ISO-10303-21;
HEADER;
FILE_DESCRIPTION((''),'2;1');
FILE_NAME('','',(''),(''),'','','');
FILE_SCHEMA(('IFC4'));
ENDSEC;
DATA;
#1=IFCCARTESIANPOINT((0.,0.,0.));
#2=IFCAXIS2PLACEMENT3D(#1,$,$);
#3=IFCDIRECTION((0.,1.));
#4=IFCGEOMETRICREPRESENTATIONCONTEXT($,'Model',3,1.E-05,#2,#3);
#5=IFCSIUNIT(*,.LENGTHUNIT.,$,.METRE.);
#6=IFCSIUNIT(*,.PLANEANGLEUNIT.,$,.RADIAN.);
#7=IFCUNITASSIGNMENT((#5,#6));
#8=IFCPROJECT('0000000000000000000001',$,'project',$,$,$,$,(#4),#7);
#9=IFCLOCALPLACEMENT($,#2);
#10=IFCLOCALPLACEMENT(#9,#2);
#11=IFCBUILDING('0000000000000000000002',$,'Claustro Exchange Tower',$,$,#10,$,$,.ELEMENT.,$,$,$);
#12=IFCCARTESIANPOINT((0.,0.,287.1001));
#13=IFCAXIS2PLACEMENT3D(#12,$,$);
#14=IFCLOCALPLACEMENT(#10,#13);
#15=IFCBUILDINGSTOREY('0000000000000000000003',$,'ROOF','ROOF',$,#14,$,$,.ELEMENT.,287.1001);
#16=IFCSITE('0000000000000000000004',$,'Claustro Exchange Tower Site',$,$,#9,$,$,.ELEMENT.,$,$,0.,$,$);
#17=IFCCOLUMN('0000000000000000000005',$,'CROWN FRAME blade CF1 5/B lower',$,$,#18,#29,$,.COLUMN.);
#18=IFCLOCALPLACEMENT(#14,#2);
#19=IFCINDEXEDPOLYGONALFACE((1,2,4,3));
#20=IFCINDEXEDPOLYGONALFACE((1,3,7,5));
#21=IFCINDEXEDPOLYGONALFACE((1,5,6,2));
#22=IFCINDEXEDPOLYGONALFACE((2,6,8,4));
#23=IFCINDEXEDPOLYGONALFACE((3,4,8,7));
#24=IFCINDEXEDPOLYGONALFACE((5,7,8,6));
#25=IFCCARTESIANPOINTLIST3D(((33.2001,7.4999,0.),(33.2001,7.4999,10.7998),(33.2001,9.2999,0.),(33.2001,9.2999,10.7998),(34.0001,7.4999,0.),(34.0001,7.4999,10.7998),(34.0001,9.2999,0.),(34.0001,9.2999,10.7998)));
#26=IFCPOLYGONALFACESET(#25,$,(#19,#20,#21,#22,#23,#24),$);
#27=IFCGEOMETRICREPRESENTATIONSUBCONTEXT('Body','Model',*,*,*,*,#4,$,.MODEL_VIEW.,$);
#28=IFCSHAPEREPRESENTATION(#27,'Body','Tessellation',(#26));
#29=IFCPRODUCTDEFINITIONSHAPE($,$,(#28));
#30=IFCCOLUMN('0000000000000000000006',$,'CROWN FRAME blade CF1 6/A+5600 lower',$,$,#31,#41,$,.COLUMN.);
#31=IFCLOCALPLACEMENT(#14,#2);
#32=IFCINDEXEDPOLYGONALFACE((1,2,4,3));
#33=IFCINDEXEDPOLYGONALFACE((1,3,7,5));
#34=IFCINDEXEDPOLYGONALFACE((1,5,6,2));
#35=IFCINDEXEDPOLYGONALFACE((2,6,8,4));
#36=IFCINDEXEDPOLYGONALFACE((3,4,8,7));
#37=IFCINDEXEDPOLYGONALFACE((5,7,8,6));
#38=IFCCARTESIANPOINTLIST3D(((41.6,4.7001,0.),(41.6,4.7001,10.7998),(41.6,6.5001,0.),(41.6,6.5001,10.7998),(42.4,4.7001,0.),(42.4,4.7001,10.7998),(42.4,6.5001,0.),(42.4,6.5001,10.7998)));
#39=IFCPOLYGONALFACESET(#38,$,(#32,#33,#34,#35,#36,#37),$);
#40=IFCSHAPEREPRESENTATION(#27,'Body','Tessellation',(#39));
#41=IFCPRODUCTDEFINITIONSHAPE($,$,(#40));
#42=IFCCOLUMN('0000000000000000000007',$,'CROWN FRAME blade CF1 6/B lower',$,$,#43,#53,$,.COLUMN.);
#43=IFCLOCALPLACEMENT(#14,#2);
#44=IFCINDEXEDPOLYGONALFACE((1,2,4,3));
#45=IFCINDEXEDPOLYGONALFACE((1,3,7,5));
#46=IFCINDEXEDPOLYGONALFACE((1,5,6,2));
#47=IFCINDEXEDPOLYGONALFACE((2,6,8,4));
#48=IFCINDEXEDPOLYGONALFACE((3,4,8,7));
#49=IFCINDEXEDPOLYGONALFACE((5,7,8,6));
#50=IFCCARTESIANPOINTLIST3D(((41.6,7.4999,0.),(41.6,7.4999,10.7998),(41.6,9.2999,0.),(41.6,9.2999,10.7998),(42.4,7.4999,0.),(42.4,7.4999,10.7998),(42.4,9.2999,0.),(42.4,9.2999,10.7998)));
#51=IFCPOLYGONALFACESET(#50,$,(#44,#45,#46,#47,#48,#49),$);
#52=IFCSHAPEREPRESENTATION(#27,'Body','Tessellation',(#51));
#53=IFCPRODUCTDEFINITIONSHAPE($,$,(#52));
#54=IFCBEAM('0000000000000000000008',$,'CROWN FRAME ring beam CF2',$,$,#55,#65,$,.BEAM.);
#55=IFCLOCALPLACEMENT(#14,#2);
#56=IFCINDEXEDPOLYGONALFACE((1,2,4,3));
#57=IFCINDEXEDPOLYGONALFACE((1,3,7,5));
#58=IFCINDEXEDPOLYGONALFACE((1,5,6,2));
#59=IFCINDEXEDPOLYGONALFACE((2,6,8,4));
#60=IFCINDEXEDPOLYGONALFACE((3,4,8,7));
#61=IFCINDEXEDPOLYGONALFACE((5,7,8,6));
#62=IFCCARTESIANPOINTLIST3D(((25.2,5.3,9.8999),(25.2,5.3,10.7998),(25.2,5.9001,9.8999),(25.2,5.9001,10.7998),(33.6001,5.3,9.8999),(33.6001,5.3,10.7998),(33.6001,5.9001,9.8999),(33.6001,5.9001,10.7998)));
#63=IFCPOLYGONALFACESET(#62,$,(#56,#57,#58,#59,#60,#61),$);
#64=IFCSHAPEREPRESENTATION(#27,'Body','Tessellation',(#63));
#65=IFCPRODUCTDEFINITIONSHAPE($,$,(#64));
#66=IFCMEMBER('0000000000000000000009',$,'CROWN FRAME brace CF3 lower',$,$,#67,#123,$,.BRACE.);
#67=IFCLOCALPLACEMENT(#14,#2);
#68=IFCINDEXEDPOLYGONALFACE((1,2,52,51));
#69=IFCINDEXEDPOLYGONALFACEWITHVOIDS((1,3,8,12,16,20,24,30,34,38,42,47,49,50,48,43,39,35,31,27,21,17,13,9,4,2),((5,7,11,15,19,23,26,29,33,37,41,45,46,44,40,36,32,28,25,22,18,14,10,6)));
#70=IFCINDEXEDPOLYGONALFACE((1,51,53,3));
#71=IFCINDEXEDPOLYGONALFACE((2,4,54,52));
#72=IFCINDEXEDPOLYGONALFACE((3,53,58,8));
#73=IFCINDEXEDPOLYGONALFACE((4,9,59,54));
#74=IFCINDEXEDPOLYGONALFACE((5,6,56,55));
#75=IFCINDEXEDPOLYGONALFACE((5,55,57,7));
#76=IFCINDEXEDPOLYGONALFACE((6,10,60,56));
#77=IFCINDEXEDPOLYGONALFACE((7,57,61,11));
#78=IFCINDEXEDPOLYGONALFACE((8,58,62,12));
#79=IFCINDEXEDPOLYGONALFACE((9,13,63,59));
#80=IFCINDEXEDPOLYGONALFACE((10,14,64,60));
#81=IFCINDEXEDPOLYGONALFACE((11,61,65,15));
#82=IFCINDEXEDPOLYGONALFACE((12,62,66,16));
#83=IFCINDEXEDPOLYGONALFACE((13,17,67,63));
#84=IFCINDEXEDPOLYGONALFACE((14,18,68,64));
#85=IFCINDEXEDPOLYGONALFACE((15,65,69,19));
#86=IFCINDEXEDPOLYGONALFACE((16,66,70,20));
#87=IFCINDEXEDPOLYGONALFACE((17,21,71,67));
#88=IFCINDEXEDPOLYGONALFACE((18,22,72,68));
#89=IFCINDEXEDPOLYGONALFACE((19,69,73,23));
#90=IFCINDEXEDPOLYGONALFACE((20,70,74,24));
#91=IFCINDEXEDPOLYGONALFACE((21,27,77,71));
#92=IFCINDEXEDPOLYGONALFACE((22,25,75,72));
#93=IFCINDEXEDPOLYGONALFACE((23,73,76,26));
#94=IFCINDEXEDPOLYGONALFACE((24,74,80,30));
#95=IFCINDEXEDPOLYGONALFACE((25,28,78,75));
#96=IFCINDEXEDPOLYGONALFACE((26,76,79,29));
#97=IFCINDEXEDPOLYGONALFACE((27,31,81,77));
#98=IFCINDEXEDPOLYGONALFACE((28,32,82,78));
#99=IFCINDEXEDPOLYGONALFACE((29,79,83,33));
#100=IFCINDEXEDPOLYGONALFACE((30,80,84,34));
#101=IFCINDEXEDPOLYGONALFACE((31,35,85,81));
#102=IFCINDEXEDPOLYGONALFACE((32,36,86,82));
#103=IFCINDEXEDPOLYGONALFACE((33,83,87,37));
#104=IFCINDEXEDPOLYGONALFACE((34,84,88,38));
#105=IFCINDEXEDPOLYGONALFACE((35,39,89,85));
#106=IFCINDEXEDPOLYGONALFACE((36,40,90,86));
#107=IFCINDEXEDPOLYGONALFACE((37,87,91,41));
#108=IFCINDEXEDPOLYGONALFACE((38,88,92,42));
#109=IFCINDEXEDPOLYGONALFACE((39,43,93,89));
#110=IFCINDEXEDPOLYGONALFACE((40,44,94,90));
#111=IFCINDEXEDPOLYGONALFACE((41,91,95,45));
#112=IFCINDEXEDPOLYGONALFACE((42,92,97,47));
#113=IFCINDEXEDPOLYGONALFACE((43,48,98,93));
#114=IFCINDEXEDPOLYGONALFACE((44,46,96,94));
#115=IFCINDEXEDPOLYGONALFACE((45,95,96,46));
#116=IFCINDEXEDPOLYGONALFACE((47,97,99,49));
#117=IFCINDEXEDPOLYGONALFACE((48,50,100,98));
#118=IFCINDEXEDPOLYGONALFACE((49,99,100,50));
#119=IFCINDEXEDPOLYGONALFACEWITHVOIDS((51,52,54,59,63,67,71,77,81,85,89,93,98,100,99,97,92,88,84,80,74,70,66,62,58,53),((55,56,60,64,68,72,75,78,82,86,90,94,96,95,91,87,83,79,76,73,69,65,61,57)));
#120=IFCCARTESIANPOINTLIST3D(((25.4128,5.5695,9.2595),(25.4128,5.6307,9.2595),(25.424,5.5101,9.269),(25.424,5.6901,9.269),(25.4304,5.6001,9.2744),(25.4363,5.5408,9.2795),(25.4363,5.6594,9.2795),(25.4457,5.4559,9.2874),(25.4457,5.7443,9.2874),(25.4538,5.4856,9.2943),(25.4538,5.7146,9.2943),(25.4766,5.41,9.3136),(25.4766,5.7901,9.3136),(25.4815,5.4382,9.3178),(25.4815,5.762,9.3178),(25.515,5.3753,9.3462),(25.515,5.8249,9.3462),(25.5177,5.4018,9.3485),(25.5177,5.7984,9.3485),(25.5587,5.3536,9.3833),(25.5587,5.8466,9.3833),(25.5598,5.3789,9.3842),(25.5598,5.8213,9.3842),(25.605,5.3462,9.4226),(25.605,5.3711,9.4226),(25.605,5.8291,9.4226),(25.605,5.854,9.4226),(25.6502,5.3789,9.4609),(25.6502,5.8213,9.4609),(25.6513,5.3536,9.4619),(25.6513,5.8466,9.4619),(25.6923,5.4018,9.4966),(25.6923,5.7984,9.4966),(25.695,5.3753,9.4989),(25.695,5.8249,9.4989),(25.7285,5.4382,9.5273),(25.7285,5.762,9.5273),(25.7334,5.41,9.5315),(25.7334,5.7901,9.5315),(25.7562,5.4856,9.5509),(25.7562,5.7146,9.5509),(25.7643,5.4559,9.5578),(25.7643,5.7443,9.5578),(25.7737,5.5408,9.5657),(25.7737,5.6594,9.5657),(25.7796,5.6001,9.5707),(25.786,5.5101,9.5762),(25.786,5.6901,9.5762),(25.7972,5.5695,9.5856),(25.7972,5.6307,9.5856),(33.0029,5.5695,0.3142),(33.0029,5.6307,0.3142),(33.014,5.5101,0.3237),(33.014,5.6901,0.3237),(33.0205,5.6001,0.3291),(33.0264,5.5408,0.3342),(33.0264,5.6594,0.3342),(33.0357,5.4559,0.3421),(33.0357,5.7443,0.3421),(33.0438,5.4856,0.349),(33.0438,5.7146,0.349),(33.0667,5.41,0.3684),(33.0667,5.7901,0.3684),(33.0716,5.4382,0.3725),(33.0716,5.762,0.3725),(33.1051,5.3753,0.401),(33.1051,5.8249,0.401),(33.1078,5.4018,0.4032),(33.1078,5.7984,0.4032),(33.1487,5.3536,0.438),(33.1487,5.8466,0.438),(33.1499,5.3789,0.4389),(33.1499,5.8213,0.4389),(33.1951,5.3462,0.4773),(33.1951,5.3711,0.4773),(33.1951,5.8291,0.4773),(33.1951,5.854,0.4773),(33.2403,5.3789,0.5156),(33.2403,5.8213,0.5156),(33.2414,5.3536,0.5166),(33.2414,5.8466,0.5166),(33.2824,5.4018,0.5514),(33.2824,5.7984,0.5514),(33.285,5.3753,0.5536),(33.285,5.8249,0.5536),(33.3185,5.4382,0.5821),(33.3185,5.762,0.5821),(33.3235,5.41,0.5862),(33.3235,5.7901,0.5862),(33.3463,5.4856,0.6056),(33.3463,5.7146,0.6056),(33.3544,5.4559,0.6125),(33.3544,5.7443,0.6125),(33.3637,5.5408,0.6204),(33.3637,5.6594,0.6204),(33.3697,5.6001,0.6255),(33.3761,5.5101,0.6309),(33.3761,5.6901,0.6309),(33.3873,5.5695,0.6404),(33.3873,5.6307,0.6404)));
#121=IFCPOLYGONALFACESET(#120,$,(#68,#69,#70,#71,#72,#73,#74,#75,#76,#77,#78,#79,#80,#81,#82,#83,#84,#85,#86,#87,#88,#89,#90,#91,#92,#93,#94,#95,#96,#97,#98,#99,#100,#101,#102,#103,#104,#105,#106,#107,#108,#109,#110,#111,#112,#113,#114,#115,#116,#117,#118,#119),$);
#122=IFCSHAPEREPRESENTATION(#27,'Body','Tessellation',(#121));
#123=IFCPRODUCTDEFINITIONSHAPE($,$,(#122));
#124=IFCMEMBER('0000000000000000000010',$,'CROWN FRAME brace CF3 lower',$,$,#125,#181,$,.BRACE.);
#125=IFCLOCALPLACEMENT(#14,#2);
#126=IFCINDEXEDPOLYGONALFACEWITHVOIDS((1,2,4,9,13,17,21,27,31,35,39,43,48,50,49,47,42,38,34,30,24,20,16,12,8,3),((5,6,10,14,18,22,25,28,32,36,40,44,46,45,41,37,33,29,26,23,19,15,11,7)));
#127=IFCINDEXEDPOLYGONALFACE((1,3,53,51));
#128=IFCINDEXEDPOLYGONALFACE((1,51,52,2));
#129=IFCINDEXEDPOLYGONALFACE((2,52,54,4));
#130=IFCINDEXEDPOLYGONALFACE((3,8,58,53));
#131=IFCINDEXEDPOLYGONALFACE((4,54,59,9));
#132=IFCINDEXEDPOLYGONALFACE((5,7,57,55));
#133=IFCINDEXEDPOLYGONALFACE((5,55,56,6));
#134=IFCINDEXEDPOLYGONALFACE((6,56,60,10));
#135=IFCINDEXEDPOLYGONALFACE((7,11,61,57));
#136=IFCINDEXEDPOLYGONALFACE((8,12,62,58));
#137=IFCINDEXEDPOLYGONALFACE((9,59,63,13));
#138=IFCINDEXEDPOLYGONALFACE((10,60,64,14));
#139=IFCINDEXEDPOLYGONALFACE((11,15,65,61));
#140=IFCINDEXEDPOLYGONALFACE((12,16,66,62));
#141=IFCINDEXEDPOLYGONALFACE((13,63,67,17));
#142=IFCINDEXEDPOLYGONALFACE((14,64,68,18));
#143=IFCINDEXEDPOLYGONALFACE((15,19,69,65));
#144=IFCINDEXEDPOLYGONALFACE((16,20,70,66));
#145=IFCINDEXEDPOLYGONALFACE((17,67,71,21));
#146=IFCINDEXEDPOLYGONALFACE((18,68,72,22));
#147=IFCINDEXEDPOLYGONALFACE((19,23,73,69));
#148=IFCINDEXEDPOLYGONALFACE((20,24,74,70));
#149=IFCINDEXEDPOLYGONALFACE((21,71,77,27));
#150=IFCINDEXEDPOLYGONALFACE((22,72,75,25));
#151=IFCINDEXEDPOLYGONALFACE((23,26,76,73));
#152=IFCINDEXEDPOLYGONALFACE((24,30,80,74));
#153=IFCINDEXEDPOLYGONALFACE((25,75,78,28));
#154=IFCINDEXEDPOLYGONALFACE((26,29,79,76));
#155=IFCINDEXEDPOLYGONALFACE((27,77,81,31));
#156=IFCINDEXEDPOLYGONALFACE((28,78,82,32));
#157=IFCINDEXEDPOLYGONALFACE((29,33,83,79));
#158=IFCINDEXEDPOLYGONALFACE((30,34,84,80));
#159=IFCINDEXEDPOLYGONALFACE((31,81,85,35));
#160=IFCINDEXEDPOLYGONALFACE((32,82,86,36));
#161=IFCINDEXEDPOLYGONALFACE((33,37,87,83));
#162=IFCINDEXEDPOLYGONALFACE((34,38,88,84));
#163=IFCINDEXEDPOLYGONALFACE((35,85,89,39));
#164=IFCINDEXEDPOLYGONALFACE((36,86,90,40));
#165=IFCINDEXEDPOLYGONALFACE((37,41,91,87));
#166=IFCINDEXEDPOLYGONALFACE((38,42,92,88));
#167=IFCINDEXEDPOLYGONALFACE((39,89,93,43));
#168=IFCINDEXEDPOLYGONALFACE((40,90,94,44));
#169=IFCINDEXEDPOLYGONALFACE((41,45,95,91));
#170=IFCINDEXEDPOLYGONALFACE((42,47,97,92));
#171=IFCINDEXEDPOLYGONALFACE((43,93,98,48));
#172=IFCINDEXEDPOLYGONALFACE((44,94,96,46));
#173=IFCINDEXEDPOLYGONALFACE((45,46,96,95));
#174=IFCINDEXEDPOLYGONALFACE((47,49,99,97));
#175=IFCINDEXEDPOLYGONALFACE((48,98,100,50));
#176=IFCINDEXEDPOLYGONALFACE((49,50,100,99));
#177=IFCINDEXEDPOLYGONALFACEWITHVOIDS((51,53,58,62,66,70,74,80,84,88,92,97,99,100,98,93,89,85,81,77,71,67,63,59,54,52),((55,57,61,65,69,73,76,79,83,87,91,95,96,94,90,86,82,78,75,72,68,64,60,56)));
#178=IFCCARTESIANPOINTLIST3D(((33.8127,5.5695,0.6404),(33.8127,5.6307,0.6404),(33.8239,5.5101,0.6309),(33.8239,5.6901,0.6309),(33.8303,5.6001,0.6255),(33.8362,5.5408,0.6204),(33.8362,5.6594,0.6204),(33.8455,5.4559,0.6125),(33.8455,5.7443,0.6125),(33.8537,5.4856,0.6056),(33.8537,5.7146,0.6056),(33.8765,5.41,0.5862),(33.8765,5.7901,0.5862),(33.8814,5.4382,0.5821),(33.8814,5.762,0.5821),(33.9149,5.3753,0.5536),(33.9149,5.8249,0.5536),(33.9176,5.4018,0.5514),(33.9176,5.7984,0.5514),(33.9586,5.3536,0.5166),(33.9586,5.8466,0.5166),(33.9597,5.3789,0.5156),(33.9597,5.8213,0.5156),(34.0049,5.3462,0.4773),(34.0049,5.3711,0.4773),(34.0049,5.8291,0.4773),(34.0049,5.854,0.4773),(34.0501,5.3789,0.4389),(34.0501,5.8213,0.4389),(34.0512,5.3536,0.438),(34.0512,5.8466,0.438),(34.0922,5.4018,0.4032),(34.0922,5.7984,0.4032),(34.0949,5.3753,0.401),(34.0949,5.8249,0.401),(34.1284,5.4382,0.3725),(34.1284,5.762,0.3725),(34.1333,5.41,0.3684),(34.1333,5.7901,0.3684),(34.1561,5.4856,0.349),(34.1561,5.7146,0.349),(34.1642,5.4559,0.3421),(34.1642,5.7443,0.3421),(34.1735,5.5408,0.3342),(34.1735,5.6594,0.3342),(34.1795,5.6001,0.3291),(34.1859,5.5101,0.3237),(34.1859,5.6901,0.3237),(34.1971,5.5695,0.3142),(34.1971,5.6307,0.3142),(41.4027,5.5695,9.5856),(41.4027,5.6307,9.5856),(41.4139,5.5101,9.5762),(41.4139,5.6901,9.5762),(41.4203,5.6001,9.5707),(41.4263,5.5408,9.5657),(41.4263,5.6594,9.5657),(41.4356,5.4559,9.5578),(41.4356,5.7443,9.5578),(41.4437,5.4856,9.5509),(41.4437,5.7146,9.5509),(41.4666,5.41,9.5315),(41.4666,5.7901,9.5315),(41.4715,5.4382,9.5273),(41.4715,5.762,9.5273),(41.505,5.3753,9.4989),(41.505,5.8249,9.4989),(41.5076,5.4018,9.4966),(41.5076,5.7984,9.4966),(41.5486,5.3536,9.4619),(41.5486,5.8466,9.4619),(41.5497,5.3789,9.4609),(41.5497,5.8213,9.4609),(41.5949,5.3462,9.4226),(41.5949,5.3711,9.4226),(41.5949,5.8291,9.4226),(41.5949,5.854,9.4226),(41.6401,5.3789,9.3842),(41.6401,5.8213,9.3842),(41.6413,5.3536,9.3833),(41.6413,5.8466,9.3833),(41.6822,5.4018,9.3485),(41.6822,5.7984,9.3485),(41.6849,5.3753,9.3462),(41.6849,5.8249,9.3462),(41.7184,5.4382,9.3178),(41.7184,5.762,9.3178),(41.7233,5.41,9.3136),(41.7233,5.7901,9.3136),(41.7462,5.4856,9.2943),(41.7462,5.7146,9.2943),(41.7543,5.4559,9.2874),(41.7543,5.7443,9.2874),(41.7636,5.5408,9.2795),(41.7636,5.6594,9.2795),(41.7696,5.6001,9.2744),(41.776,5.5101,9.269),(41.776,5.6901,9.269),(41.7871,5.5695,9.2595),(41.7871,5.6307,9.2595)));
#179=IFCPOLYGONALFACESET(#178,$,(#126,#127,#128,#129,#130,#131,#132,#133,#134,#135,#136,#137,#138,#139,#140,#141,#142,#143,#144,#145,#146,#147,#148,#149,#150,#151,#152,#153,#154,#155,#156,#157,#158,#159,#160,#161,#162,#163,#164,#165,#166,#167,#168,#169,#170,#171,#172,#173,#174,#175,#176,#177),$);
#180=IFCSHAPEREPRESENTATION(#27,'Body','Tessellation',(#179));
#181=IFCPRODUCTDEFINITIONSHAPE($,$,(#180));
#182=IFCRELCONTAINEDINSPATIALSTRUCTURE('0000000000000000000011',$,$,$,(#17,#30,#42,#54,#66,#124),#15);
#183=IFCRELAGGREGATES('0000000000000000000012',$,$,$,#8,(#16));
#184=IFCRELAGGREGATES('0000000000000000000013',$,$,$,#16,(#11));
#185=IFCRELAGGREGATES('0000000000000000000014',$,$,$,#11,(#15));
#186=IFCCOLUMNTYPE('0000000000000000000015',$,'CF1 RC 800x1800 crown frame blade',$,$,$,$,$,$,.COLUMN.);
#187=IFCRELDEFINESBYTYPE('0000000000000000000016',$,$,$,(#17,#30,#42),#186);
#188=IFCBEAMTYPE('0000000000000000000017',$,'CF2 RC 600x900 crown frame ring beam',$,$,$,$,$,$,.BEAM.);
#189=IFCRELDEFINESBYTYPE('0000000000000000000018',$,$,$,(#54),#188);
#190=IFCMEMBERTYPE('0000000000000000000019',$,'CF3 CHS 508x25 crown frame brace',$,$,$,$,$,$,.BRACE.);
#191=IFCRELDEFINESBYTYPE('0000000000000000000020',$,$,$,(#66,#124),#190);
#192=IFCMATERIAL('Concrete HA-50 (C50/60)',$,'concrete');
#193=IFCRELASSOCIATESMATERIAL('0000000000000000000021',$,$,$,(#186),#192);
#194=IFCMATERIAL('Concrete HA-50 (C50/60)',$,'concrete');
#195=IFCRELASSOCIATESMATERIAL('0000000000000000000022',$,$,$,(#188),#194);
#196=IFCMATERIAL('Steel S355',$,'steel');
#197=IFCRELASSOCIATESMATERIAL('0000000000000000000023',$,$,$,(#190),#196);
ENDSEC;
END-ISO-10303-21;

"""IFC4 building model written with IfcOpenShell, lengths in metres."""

from ifc_helpers import new_model, si_unit, direction, frame, origin, origin_2d, place, context, subcontext, project, spatial, rectangle, hollow_circle, extrude, material, material_profile, profile_set, type_object, element, save


model = new_model("IFC4")

# Units and contexts
model_context = context("Model", 3, precision=1e-05, world=origin(), true_north=direction((0.0, 1.0)))
body_context = subcontext(model_context, "Body", "Model", "MODEL_VIEW")
ifc_project = project(units=[si_unit("LENGTHUNIT", "METRE"), si_unit("PLANEANGLEUNIT", "RADIAN")], contexts=[model_context])

# Site, building, storey
site_placement = place(None, origin())
site = spatial("IfcSite", under=ifc_project, at=site_placement, Name="Claustro Exchange Tower Site", CompositionType="ELEMENT", RefElevation=0.0)
building_placement = place(site_placement, origin())
building = spatial("IfcBuilding", under=site, at=building_placement, Name="Claustro Exchange Tower", CompositionType="ELEMENT")
storey_placement = place(building_placement, frame((0.0, 0.0, 287.1001)))
storey = spatial("IfcBuildingStorey", under=building, at=storey_placement, Name="ROOF", Description="ROOF", CompositionType="ELEMENT", Elevation=287.1001)

# Columns
ifc_material_1 = material(Name="Concrete HA-50 (C50/60)", Category="concrete")
ifc_material_profile_1 = material_profile(ifc_material_1, rectangle(XDim=0.8, YDim=1.8, at=origin_2d()), Name="RC 800x1800")
ifc_profile_set_1 = profile_set([ifc_material_profile_1], Name="Concrete HA-50 (C50/60)")
column_type = type_object("IfcColumnType", Name="CF1 RC 800x1800 crown frame blade", PredefinedType="COLUMN", material=ifc_profile_set_1)
for number, where, z_axis, x_axis, name in (
    (1, (33.6001, 8.3999, 0.0), (0.0, 0.0, 1.0), (1.0, 0.0, 0.0), "CROWN FRAME blade CF1 5/B lower"),
    (2, (42.0, 5.6001, 0.0), (0.0, 0.0, 1.0), (1.0, 0.0, 0.0), "CROWN FRAME blade CF1 6/A+5600 lower"),
    (3, (42.0, 8.3999, 0.0), (0.0, 0.0, 1.0), (1.0, 0.0, 0.0), "CROWN FRAME blade CF1 6/B lower"),
):
    element("IfcColumn", number, at=place(storey_placement, frame(where, z_axis=z_axis, x_axis=x_axis)), inside=storey, type_object=column_type, Name=name, PredefinedType="COLUMN", context=body_context, shape_type="SweptSolid", body=[
        extrude(rectangle(XDim=0.8, YDim=1.8, at=origin_2d()), origin(), (0.0, 0.0, 1.0), 10.7998),
    ])

# Beam
ifc_material_2 = material(Name="Concrete HA-50 (C50/60)", Category="concrete")
ifc_material_profile_2 = material_profile(ifc_material_2, rectangle(XDim=0.6001, YDim=0.8999, at=origin_2d()), Name="RC 600x900")
ifc_profile_set_2 = profile_set([ifc_material_profile_2], Name="Concrete HA-50 (C50/60)")
beam_type = type_object("IfcBeamType", Name="CF2 RC 600x900 crown frame ring beam", PredefinedType="BEAM", material=ifc_profile_set_2)
beam_placement = place(storey_placement, frame((25.2, 5.6001, 10.3499), z_axis=(1.0, 0.0, 0.0), x_axis=(0.0, 1.0, 0.0)))
element("IfcBeam", 4, at=beam_placement, inside=storey, type_object=beam_type, Name="CROWN FRAME ring beam CF2", PredefinedType="BEAM", context=body_context, shape_type="SweptSolid", body=[
    extrude(rectangle(XDim=0.6001, YDim=0.8999, at=origin_2d()), origin(), (0.0, 0.0, 1.0), 8.4001),
])

# Members
ifc_material_3 = material(Name="Steel S355", Category="steel")
ifc_material_profile_3 = material_profile(ifc_material_3, hollow_circle(Radius=0.2539, WallThickness=0.0249, at=origin_2d()), Name="CHS 508x25")
ifc_profile_set_3 = profile_set([ifc_material_profile_3], Name="Steel S355")
member_type = type_object("IfcMemberType", Name="CF3 CHS 508x25 crown frame brace", PredefinedType="BRACE", material=ifc_profile_set_3)
for number, where, z_axis, x_axis, name in (
    (5, (33.1951, 5.6001, 0.4773), (-0.646984, 0.0, 0.762504), (0.0, -1.0, 0.0), "CROWN FRAME brace CF3 lower"),
    (6, (34.0049, 5.6001, 0.4773), (0.646984, 0.0, 0.762504), (0.0, 1.0, 0.0), "CROWN FRAME brace CF3 lower"),
):
    element("IfcMember", number, at=place(storey_placement, frame(where, z_axis=z_axis, x_axis=x_axis)), inside=storey, type_object=member_type, Name=name, PredefinedType="BRACE", context=body_context, shape_type="SweptSolid", body=[
        extrude(hollow_circle(Radius=0.2539, WallThickness=0.0249, at=origin_2d()), origin(), (0.0, 0.0, 1.0), 11.7314),
    ])

save(model, "model.ifc")
